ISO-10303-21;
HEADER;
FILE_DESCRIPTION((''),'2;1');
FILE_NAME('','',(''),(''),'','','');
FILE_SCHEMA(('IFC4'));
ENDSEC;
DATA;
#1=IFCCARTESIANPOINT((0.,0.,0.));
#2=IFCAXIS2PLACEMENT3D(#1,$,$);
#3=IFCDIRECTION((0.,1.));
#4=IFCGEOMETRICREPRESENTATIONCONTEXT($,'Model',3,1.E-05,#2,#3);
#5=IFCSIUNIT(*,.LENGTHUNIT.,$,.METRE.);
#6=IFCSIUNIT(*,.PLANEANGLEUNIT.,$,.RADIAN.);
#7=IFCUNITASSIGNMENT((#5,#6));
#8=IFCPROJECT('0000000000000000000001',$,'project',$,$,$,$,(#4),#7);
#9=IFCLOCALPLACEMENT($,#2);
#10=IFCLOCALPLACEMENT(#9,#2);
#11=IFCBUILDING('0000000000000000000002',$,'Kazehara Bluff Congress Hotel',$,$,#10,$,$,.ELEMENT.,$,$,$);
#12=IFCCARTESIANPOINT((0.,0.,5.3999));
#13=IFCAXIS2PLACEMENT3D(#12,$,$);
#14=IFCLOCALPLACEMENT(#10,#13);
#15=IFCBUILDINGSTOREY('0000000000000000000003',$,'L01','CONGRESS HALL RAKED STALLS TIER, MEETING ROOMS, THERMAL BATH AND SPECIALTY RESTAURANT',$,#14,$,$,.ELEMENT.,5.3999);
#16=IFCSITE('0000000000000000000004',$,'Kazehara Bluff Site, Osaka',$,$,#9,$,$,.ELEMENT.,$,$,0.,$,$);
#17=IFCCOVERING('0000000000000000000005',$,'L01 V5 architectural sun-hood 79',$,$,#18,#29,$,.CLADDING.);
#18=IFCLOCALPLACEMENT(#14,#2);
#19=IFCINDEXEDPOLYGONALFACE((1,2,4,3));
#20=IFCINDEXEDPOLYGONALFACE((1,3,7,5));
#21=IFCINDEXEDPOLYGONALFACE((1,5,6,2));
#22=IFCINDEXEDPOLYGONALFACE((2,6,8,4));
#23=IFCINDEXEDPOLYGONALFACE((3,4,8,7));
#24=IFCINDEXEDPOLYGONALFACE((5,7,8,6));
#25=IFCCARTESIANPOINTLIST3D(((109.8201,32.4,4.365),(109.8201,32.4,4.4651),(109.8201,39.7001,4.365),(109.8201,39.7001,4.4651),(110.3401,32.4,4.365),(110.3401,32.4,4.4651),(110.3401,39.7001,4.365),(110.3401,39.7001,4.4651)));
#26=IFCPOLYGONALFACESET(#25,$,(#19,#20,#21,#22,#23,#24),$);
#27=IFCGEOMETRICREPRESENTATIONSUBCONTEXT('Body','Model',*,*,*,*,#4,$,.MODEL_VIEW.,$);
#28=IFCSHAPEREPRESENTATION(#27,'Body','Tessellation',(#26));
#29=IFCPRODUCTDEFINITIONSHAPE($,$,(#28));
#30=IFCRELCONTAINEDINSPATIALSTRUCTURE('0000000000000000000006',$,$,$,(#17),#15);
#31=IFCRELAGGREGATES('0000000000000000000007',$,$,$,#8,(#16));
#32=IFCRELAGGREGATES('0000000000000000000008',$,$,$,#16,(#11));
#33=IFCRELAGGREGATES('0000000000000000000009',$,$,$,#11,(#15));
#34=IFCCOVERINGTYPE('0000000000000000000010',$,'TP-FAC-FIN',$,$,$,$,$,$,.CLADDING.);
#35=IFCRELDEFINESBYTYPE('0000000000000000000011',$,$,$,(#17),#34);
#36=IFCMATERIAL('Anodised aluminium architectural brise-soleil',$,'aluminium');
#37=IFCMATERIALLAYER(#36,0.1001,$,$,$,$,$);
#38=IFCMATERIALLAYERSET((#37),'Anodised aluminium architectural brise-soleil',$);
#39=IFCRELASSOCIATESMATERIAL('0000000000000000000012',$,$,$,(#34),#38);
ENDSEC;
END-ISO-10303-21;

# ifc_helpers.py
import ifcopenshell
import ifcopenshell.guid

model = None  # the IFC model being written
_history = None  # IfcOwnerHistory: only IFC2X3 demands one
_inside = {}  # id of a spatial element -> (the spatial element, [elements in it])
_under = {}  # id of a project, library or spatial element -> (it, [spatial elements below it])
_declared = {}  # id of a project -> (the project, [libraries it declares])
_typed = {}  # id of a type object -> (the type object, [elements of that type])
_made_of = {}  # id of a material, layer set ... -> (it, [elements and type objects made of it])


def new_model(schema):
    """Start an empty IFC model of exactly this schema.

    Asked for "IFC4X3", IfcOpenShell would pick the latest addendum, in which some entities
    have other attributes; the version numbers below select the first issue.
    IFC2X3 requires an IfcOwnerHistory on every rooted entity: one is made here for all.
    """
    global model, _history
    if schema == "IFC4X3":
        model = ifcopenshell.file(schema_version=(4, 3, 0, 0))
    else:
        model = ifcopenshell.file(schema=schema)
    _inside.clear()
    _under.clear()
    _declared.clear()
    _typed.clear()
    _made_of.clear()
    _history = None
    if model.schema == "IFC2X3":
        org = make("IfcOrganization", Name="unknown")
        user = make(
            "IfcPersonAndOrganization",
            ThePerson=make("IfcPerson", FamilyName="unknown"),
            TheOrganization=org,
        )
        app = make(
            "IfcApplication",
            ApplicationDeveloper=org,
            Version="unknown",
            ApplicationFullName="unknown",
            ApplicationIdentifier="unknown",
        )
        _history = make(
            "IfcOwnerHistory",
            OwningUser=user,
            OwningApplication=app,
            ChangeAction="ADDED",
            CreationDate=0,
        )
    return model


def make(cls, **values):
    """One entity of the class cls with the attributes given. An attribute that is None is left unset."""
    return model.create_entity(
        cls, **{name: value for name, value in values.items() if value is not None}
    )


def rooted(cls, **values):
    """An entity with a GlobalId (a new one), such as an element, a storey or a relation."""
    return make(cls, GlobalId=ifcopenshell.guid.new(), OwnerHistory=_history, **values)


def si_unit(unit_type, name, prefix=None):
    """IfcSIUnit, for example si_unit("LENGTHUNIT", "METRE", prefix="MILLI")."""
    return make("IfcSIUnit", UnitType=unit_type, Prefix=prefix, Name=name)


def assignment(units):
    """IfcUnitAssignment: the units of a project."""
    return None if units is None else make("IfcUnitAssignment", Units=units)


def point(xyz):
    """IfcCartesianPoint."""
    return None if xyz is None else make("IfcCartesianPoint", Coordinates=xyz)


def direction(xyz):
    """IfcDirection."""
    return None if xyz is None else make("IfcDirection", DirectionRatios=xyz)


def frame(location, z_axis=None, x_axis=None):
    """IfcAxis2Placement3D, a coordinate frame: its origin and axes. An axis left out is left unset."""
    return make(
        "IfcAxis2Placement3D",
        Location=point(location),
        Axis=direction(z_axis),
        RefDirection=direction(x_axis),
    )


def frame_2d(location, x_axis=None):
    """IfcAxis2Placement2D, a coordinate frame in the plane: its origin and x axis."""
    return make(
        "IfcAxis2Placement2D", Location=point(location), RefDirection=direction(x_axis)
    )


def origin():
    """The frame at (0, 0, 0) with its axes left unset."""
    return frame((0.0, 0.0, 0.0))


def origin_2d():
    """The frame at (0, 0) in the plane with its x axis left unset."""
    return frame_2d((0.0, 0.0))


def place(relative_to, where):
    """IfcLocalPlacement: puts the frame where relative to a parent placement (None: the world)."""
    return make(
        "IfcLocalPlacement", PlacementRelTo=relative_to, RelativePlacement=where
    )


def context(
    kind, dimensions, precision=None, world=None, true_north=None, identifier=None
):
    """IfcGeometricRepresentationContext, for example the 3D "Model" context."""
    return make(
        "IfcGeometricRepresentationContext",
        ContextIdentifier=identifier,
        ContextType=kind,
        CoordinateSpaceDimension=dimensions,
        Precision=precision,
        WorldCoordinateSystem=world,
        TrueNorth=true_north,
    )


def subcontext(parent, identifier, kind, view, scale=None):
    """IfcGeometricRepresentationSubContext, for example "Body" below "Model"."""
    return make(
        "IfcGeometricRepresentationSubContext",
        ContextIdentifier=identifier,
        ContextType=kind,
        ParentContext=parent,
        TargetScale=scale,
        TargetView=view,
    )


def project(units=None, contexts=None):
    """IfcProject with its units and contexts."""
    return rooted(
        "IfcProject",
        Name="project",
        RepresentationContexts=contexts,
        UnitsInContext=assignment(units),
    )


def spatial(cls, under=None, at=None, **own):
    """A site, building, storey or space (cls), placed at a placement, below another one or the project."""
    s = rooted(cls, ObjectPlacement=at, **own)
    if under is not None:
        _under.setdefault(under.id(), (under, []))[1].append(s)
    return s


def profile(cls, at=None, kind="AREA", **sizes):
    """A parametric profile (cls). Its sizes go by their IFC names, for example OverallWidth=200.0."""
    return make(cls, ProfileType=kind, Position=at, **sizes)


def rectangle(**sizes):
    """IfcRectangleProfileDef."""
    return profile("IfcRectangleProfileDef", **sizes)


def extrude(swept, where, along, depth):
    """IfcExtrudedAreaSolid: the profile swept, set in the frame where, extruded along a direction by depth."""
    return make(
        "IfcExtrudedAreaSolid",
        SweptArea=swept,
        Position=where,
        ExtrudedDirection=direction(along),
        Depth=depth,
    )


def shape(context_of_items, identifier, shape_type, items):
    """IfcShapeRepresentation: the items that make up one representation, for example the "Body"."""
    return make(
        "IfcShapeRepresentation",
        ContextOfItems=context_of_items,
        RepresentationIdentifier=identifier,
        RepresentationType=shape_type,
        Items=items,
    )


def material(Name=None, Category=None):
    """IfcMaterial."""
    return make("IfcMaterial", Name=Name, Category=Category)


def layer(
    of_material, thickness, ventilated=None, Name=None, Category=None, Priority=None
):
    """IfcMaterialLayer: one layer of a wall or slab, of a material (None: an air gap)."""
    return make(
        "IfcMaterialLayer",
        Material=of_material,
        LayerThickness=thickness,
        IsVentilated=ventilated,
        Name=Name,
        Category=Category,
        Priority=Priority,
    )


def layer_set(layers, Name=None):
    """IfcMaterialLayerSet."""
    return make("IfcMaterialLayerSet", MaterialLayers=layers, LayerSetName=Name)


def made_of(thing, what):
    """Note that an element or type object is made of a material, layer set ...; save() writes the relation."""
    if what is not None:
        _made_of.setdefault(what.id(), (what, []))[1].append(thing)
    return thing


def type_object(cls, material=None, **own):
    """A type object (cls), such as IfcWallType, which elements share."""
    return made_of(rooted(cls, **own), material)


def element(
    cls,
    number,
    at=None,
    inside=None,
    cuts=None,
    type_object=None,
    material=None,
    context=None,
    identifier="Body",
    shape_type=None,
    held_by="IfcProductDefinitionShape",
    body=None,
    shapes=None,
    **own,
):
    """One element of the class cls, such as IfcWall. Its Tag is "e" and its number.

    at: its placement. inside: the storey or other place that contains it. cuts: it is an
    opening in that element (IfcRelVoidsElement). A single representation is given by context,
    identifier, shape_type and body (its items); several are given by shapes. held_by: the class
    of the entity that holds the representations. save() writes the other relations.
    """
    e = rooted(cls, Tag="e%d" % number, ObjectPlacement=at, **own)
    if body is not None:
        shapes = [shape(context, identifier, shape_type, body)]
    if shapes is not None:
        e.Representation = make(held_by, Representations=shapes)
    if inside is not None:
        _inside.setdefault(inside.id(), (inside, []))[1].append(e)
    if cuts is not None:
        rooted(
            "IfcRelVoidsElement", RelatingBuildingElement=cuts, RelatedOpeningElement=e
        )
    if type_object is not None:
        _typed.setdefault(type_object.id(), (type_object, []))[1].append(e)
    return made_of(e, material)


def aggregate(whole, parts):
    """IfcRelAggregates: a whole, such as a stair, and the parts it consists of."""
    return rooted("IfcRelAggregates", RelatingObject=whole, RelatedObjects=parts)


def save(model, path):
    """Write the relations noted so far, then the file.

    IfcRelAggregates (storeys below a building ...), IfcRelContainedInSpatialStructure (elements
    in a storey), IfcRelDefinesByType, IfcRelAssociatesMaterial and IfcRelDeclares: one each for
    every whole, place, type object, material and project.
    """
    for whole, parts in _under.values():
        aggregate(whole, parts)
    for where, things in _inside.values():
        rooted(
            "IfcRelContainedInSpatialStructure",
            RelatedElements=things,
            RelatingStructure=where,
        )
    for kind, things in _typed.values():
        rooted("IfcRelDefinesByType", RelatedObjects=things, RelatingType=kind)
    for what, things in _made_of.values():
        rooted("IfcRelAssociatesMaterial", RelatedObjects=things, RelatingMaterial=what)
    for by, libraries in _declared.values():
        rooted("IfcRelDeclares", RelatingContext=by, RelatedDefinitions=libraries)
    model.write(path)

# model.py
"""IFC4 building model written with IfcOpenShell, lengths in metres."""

from ifc_helpers import new_model, si_unit, direction, frame, origin, origin_2d, place, context, subcontext, project, spatial, rectangle, extrude, material, layer, layer_set, type_object, element, save


model = new_model("IFC4")

# Units and contexts
model_context = context("Model", 3, precision=1e-05, world=origin(), true_north=direction((0.0, 1.0)))
body_context = subcontext(model_context, "Body", "Model", "MODEL_VIEW")
ifc_project = project(units=[si_unit("LENGTHUNIT", "METRE"), si_unit("PLANEANGLEUNIT", "RADIAN")], contexts=[model_context])

# Site, building, storey
site_placement = place(None, origin())
site = spatial("IfcSite", under=ifc_project, at=site_placement, Name="Kazehara Bluff Site, Osaka", CompositionType="ELEMENT", RefElevation=0.0)
building_placement = place(site_placement, origin())
building = spatial("IfcBuilding", under=site, at=building_placement, Name="Kazehara Bluff Congress Hotel", CompositionType="ELEMENT")
storey_placement = place(building_placement, frame((0.0, 0.0, 5.3999)))
storey = spatial("IfcBuildingStorey", under=building, at=storey_placement, Name="L01", Description="CONGRESS HALL RAKED STALLS TIER, MEETING ROOMS, THERMAL BATH AND SPECIALTY RESTAURANT", CompositionType="ELEMENT", Elevation=5.3999)

# Covering
ifc_material_1 = material(Name="Anodised aluminium architectural brise-soleil", Category="aluminium")
ifc_layer_1 = layer(ifc_material_1, 0.1001)
ifc_layer_set_1 = layer_set([ifc_layer_1], Name="Anodised aluminium architectural brise-soleil")
covering_type = type_object("IfcCoveringType", Name="TP-FAC-FIN", PredefinedType="CLADDING", material=ifc_layer_set_1)
covering_1_placement = place(storey_placement, frame((110.0801, 36.05, 4.365), z_axis=(0.0, 0.0, 1.0), x_axis=(1.0, 0.0, 0.0)))
element("IfcCovering", 1, at=covering_1_placement, inside=storey, type_object=covering_type, Name="L01 V5 architectural sun-hood 79", PredefinedType="CLADDING", context=body_context, shape_type="SweptSolid", body=[
    extrude(rectangle(XDim=0.52, YDim=7.3, at=origin_2d()), origin(), (0.0, 0.0, 1.0), 0.1001),
])

save(model, "model.ifc")
